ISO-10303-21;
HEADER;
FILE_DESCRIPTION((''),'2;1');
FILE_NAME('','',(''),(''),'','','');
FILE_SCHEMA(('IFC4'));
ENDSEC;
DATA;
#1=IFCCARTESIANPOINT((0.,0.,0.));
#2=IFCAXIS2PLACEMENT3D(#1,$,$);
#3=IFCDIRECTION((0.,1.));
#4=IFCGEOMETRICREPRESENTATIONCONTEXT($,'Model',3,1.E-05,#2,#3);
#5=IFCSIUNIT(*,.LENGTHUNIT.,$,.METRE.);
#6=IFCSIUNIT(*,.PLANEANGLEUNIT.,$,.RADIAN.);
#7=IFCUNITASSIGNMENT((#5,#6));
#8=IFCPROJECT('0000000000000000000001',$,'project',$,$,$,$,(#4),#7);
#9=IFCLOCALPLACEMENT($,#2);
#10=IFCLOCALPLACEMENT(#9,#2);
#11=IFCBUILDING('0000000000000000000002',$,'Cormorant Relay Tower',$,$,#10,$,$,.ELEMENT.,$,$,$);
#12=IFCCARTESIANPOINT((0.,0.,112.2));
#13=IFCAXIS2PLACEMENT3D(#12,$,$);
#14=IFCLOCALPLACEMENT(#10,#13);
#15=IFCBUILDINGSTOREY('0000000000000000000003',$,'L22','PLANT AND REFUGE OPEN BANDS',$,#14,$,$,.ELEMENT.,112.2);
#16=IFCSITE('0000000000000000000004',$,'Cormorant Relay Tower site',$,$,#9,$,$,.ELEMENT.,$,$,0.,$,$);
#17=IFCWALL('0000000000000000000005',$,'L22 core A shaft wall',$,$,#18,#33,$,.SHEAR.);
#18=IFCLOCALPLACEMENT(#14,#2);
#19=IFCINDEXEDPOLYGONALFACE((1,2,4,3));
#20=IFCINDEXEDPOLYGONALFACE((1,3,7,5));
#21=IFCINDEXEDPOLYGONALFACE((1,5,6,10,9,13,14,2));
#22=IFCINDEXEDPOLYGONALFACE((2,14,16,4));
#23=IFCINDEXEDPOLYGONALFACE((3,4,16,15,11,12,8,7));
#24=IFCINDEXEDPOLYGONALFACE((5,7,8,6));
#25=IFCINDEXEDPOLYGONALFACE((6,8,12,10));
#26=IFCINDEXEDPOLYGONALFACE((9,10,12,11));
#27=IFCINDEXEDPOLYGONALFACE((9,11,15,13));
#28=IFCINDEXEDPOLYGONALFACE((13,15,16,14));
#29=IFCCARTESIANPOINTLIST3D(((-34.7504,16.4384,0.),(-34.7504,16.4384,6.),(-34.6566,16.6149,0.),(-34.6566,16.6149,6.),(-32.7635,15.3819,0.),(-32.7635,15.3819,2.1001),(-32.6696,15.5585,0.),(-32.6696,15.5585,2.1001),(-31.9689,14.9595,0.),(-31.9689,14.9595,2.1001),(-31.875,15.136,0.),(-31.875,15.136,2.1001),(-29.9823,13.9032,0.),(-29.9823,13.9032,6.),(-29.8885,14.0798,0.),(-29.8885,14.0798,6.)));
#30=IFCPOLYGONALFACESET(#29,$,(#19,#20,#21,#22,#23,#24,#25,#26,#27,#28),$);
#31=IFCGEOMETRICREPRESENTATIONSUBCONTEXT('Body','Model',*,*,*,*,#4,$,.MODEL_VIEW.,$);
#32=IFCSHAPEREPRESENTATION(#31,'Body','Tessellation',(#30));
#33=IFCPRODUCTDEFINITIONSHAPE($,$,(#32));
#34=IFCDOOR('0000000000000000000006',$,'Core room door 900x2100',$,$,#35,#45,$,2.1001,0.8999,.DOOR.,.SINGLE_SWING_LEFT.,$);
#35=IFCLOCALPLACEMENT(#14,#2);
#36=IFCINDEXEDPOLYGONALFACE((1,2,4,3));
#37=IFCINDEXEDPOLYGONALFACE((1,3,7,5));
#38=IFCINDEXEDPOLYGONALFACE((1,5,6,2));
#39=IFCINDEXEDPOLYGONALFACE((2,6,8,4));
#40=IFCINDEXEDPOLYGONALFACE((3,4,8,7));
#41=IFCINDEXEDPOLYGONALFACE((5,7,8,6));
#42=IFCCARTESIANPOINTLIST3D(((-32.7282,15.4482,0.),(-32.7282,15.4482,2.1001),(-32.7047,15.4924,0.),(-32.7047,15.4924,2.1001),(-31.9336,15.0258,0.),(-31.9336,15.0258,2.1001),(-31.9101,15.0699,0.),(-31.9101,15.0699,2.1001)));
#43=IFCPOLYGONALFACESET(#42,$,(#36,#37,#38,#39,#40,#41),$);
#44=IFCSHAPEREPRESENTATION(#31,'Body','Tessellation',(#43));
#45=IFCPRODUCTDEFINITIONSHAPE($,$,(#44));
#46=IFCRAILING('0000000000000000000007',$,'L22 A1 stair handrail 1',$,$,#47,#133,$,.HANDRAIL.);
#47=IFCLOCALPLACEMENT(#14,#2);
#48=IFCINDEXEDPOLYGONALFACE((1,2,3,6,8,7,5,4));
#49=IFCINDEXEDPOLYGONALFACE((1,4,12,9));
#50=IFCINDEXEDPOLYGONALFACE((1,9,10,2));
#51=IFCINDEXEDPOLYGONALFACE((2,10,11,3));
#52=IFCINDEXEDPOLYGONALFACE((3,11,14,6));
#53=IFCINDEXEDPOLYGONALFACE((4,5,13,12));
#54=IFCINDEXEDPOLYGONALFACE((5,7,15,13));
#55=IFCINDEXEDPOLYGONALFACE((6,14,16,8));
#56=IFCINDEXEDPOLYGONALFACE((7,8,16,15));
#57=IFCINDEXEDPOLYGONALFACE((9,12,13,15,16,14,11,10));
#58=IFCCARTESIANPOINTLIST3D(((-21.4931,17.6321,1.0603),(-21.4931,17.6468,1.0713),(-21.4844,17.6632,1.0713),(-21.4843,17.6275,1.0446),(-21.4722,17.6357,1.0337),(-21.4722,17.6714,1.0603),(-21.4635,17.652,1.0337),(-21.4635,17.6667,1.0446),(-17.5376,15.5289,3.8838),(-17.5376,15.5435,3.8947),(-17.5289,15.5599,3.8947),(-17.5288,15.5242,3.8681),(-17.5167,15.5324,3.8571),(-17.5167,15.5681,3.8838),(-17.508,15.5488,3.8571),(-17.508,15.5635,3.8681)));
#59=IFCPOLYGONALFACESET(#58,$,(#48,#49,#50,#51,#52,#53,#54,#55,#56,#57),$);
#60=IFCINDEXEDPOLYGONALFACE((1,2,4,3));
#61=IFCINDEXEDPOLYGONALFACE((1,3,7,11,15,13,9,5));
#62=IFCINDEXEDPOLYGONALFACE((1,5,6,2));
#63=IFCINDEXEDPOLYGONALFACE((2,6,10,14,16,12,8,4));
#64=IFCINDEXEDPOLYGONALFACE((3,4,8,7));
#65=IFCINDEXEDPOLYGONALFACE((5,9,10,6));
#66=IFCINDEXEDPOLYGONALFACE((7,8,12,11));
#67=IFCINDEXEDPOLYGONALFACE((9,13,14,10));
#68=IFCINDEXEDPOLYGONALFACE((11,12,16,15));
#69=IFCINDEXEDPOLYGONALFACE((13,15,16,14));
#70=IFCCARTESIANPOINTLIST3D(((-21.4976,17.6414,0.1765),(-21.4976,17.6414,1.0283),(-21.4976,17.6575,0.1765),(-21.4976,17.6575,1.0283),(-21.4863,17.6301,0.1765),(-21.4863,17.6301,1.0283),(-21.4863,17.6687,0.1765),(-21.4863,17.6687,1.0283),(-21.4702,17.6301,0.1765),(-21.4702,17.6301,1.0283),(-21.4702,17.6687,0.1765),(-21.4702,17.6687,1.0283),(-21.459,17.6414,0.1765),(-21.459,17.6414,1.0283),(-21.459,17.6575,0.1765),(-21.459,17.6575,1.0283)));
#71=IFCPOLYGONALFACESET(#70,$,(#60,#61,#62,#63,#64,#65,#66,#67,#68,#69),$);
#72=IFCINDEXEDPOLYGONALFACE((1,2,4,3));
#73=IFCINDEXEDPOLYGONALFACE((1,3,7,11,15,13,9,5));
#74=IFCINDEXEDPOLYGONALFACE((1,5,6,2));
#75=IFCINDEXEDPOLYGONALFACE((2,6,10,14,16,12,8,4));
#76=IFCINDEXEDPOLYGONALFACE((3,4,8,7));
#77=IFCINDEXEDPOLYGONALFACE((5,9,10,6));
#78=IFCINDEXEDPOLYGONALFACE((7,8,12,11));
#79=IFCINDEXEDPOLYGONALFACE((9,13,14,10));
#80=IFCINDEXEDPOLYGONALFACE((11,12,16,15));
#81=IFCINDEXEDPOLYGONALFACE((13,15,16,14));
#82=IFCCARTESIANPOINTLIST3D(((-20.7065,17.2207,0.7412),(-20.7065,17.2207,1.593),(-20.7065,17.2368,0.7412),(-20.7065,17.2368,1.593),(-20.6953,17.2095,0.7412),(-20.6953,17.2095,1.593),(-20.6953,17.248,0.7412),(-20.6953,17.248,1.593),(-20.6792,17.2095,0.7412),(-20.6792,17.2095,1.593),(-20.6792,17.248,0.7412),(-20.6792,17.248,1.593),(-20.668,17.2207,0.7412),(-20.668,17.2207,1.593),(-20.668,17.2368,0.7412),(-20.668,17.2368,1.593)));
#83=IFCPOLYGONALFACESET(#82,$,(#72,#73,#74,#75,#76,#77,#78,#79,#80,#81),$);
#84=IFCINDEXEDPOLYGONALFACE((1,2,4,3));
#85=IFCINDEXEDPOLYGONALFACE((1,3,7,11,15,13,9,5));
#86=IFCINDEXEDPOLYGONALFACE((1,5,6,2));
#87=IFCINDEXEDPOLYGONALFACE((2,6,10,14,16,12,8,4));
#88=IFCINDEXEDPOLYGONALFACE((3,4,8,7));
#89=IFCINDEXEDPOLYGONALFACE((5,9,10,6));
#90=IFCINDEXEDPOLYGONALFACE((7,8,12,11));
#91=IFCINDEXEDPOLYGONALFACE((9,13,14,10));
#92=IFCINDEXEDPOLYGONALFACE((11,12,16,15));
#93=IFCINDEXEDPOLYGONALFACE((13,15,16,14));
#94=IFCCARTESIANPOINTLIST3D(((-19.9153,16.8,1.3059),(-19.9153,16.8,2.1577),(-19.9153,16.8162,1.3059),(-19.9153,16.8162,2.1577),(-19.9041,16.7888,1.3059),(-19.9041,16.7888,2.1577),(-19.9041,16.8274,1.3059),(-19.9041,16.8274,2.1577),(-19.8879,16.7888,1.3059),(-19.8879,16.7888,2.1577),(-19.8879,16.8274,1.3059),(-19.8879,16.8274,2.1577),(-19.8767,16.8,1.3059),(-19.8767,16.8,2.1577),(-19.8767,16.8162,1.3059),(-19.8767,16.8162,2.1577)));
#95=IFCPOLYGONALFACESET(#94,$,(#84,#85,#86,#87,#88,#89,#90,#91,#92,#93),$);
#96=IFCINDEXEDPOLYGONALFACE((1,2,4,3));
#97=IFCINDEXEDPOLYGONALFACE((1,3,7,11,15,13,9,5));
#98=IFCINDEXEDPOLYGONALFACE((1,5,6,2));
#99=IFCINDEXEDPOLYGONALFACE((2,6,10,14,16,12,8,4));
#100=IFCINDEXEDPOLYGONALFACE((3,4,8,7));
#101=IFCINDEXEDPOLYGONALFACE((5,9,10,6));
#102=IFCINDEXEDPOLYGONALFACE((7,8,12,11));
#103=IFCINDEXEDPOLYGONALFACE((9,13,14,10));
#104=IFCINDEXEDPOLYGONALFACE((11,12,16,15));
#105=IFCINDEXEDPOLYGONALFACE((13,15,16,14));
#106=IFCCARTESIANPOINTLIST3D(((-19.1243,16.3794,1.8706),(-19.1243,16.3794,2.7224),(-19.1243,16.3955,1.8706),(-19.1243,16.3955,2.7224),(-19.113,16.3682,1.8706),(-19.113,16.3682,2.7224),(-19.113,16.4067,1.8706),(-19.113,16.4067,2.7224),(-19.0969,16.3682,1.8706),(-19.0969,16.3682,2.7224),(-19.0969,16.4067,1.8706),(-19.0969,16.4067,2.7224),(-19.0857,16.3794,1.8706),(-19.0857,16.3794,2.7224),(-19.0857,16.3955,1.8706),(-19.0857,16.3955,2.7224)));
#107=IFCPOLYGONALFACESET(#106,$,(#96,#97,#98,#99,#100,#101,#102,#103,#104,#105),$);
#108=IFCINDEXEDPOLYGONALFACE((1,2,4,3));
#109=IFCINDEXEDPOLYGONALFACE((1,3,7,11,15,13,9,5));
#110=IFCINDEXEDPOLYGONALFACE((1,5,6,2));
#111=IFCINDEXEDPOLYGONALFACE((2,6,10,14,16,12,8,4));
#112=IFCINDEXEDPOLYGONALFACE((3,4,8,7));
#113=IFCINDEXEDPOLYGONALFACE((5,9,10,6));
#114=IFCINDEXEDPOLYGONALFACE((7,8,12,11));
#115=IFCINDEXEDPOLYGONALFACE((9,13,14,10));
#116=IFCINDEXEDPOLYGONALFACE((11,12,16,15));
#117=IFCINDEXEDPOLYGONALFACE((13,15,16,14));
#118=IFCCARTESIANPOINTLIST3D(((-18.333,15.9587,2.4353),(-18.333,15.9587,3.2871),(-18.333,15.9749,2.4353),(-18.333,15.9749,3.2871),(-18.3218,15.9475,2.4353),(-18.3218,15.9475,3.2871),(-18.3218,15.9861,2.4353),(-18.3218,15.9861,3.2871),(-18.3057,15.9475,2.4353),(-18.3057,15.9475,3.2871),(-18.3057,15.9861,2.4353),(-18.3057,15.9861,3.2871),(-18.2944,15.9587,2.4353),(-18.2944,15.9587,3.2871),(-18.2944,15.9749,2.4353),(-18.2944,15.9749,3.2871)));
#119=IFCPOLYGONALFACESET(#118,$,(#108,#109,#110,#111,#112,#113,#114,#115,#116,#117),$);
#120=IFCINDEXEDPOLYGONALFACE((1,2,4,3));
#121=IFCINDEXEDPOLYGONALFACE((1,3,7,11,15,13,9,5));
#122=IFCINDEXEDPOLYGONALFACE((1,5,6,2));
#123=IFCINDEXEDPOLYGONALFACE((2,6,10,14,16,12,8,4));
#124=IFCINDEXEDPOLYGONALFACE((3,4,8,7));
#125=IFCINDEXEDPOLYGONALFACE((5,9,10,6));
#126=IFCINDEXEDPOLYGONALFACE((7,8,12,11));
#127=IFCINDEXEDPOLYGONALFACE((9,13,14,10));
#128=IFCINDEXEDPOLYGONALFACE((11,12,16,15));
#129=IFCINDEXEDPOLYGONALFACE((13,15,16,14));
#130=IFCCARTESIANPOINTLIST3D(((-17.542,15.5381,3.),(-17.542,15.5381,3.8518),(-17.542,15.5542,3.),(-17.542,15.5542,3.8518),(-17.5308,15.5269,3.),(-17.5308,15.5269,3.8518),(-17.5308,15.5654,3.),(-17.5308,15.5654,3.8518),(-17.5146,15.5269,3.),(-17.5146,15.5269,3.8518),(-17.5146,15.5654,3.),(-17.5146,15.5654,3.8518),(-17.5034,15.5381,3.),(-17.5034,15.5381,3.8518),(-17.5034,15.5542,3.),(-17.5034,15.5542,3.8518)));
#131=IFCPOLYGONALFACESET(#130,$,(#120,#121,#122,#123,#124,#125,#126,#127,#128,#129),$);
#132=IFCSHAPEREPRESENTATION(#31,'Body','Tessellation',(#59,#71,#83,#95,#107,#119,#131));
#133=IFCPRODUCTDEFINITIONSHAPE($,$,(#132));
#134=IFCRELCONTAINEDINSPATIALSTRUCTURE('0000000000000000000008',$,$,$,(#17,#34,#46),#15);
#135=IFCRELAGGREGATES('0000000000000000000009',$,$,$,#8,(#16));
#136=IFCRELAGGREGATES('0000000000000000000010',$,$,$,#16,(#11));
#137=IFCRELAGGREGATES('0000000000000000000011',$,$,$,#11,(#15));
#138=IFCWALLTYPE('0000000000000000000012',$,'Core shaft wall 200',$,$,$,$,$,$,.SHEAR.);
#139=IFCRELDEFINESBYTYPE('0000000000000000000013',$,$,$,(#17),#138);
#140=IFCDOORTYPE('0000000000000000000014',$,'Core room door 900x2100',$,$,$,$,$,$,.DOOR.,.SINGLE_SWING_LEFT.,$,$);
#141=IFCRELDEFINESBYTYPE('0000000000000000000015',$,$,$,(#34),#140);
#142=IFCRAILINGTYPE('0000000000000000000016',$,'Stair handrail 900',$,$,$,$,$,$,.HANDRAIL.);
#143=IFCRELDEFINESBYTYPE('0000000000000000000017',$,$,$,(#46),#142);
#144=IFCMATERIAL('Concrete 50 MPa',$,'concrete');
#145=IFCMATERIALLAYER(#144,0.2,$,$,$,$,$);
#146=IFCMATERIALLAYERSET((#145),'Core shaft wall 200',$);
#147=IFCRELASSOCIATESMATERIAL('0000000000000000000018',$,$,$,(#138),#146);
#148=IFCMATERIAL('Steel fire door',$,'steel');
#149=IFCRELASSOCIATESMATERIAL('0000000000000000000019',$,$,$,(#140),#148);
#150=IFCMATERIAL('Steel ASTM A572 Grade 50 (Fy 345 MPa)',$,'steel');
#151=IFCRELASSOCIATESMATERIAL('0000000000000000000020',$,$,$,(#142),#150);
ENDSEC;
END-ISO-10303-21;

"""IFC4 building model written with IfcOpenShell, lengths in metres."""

from ifc_helpers import new_model, si_unit, direction, frame, frame_2d, origin, place, context, subcontext, project, spatial, polyline, rectangle, outline, extrude, material, layer, layer_set, type_object, element, fill, save


model = new_model("IFC4")

# Units and contexts
model_context = context("Model", 3, precision=1e-05, world=origin(), true_north=direction((0.0, 1.0)))
body_context = subcontext(model_context, "Body", "Model", "MODEL_VIEW")
ifc_project = project(units=[si_unit("LENGTHUNIT", "METRE"), si_unit("PLANEANGLEUNIT", "RADIAN")], contexts=[model_context])

# Site, building, storey
site_placement = place(None, origin())
site = spatial("IfcSite", under=ifc_project, at=site_placement, Name="Cormorant Relay Tower site", CompositionType="ELEMENT", RefElevation=0.0)
building_placement = place(site_placement, origin())
building = spatial("IfcBuilding", under=site, at=building_placement, Name="Cormorant Relay Tower", CompositionType="ELEMENT")
storey_placement = place(building_placement, frame((0.0, 0.0, 112.2)))
storey = spatial("IfcBuildingStorey", under=building, at=storey_placement, Name="L22", Description="PLANT AND REFUGE OPEN BANDS", CompositionType="ELEMENT", Elevation=112.2)

# Shared definitions
ifc_material_1 = material(Name="Concrete 50 MPa", Category="concrete")
ifc_layer_1 = layer(ifc_material_1, 0.2)
ifc_layer_set_1 = layer_set([ifc_layer_1], Name="Core shaft wall 200")
wall_type_1 = type_object("IfcWallType", Name="Core shaft wall 200", PredefinedType="SHEAR", material=ifc_layer_set_1)
ifc_material_2 = material(Name="Steel fire door", Category="steel")
door_type_1 = type_object("IfcDoorType", Name="Core room door 900x2100", OperationType="SINGLE_SWING_LEFT", PredefinedType="DOOR", material=ifc_material_2)

# Wall, opening, door
wall_1_placement = place(storey_placement, frame((-29.9353, 13.9915, 0.0), z_axis=(0.0, 0.0, 1.0), x_axis=(-0.882953, 0.469462, 0.0)))
wall_1 = element("IfcWall", 1, at=wall_1_placement, inside=storey, type_object=wall_type_1, Name="L22 core A shaft wall", PredefinedType="SHEAR", context=body_context, shape_type="SweptSolid", body=[
    extrude(rectangle(XDim=5.4001, YDim=0.2, at=frame_2d((2.7002, 0.0))), origin(), (0.0, 0.0, 1.0), 6.0),
])
opening_1_placement = place(wall_1_placement, frame((2.25, 0.0, 0.0)))
opening_1 = element("IfcOpeningElement", 2, at=opening_1_placement, cuts=wall_1, PredefinedType="OPENING", context=body_context, shape_type="SweptSolid", body=[
    extrude(rectangle(XDim=0.8999, YDim=2.1001, at=frame_2d((0.45, 1.05))), frame((0.0, 0.1099, 0.0), z_axis=(0.0, -1.0, 0.0), x_axis=(1.0, 0.0, 0.0)), (0.0, 0.0, 1.0), 0.22),
])
door_1_placement = place(opening_1_placement, origin())
door_1 = element("IfcDoor", 3, at=door_1_placement, inside=storey, type_object=door_type_1, Name="Core room door 900x2100", OperationType="SINGLE_SWING_LEFT", OverallHeight=2.1001, OverallWidth=0.8999, PredefinedType="DOOR", context=body_context, shape_type="SweptSolid", body=[
    extrude(rectangle(XDim=0.8999, YDim=2.1001, at=frame_2d((0.45, 1.05))), frame((0.0, 0.0249, 0.0), z_axis=(0.0, -1.0, 0.0), x_axis=(1.0, 0.0, 0.0)), (0.0, 0.0, 1.0), 0.05),
])
fill(opening_1, door_1)

# Railing
ifc_material_3 = material(Name="Steel ASTM A572 Grade 50 (Fy 345 MPa)", Category="steel")
railing_type = type_object("IfcRailingType", Name="Stair handrail 900", PredefinedType="HANDRAIL", material=ifc_material_3)
railing_placement = place(storey_placement, frame((-21.4783, 17.6494, 0.1765)))
element("IfcRailing", 4, at=railing_placement, inside=storey, type_object=railing_type, Name="L22 A1 stair handrail 1", PredefinedType="HANDRAIL", context=body_context, shape_type="SweptSolid", body=[
    extrude(outline(polyline([(0.0222, 0.0093), (0.0093, 0.0222), (-0.0093, 0.0222), (-0.0222, 0.0093), (-0.0222, -0.0093), (-0.0093, -0.0222), (0.0093, -0.0222), (0.0222, -0.0093), (0.0222, 0.0093)])), frame((0.0, 0.0, 0.876), z_axis=(0.746967, -0.397181, 0.533186), x_axis=(0.469482, 0.882942, 0.0)), (0.0, 0.0, 1.0), 5.2954),
    extrude(outline(polyline([(0.0193, 0.0081), (0.0081, 0.0193), (-0.0081, 0.0193), (-0.0193, 0.0081), (-0.0193, -0.0081), (-0.0081, -0.0193), (0.0081, -0.0193), (0.0193, -0.0081), (0.0193, 0.0081)])), origin(), (0.0, 0.0, 1.0), 0.8518),
    extrude(outline(polyline([(0.0193, 0.0081), (0.0081, 0.0193), (-0.0081, 0.0193), (-0.0193, 0.0081), (-0.0193, -0.0081), (-0.0081, -0.0193), (0.0081, -0.0193), (0.0193, -0.0081), (0.0193, 0.0081)])), frame((0.791, -0.4207, 0.5647)), (0.0, 0.0, 1.0), 0.8518),
    extrude(outline(polyline([(0.0193, 0.0081), (0.0081, 0.0193), (-0.0081, 0.0193), (-0.0193, 0.0081), (-0.0193, -0.0081), (-0.0081, -0.0193), (0.0081, -0.0193), (0.0193, -0.0081), (0.0193, 0.0081)])), frame((1.5823, -0.8413, 1.1294)), (0.0, 0.0, 1.0), 0.8518),
    extrude(outline(polyline([(0.0193, 0.0081), (0.0081, 0.0193), (-0.0081, 0.0193), (-0.0193, 0.0081), (-0.0193, -0.0081), (-0.0081, -0.0193), (0.0081, -0.0193), (0.0193, -0.0081), (0.0193, 0.0081)])), frame((2.3733, -1.262, 1.6941)), (0.0, 0.0, 1.0), 0.8518),
    extrude(outline(polyline([(0.0193, 0.0081), (0.0081, 0.0193), (-0.0081, 0.0193), (-0.0193, 0.0081), (-0.0193, -0.0081), (-0.0081, -0.0193), (0.0081, -0.0193), (0.0193, -0.0081), (0.0193, 0.0081)])), frame((3.1646, -1.6826, 2.2588)), (0.0, 0.0, 1.0), 0.8518),
    extrude(outline(polyline([(0.0193, 0.0081), (0.0081, 0.0193), (-0.0081, 0.0193), (-0.0193, 0.0081), (-0.0193, -0.0081), (-0.0081, -0.0193), (0.0081, -0.0193), (0.0193, -0.0081), (0.0193, 0.0081)])), frame((3.9556, -2.1033, 2.8235)), (0.0, 0.0, 1.0), 0.8518),
])

save(model, "model.ifc")
